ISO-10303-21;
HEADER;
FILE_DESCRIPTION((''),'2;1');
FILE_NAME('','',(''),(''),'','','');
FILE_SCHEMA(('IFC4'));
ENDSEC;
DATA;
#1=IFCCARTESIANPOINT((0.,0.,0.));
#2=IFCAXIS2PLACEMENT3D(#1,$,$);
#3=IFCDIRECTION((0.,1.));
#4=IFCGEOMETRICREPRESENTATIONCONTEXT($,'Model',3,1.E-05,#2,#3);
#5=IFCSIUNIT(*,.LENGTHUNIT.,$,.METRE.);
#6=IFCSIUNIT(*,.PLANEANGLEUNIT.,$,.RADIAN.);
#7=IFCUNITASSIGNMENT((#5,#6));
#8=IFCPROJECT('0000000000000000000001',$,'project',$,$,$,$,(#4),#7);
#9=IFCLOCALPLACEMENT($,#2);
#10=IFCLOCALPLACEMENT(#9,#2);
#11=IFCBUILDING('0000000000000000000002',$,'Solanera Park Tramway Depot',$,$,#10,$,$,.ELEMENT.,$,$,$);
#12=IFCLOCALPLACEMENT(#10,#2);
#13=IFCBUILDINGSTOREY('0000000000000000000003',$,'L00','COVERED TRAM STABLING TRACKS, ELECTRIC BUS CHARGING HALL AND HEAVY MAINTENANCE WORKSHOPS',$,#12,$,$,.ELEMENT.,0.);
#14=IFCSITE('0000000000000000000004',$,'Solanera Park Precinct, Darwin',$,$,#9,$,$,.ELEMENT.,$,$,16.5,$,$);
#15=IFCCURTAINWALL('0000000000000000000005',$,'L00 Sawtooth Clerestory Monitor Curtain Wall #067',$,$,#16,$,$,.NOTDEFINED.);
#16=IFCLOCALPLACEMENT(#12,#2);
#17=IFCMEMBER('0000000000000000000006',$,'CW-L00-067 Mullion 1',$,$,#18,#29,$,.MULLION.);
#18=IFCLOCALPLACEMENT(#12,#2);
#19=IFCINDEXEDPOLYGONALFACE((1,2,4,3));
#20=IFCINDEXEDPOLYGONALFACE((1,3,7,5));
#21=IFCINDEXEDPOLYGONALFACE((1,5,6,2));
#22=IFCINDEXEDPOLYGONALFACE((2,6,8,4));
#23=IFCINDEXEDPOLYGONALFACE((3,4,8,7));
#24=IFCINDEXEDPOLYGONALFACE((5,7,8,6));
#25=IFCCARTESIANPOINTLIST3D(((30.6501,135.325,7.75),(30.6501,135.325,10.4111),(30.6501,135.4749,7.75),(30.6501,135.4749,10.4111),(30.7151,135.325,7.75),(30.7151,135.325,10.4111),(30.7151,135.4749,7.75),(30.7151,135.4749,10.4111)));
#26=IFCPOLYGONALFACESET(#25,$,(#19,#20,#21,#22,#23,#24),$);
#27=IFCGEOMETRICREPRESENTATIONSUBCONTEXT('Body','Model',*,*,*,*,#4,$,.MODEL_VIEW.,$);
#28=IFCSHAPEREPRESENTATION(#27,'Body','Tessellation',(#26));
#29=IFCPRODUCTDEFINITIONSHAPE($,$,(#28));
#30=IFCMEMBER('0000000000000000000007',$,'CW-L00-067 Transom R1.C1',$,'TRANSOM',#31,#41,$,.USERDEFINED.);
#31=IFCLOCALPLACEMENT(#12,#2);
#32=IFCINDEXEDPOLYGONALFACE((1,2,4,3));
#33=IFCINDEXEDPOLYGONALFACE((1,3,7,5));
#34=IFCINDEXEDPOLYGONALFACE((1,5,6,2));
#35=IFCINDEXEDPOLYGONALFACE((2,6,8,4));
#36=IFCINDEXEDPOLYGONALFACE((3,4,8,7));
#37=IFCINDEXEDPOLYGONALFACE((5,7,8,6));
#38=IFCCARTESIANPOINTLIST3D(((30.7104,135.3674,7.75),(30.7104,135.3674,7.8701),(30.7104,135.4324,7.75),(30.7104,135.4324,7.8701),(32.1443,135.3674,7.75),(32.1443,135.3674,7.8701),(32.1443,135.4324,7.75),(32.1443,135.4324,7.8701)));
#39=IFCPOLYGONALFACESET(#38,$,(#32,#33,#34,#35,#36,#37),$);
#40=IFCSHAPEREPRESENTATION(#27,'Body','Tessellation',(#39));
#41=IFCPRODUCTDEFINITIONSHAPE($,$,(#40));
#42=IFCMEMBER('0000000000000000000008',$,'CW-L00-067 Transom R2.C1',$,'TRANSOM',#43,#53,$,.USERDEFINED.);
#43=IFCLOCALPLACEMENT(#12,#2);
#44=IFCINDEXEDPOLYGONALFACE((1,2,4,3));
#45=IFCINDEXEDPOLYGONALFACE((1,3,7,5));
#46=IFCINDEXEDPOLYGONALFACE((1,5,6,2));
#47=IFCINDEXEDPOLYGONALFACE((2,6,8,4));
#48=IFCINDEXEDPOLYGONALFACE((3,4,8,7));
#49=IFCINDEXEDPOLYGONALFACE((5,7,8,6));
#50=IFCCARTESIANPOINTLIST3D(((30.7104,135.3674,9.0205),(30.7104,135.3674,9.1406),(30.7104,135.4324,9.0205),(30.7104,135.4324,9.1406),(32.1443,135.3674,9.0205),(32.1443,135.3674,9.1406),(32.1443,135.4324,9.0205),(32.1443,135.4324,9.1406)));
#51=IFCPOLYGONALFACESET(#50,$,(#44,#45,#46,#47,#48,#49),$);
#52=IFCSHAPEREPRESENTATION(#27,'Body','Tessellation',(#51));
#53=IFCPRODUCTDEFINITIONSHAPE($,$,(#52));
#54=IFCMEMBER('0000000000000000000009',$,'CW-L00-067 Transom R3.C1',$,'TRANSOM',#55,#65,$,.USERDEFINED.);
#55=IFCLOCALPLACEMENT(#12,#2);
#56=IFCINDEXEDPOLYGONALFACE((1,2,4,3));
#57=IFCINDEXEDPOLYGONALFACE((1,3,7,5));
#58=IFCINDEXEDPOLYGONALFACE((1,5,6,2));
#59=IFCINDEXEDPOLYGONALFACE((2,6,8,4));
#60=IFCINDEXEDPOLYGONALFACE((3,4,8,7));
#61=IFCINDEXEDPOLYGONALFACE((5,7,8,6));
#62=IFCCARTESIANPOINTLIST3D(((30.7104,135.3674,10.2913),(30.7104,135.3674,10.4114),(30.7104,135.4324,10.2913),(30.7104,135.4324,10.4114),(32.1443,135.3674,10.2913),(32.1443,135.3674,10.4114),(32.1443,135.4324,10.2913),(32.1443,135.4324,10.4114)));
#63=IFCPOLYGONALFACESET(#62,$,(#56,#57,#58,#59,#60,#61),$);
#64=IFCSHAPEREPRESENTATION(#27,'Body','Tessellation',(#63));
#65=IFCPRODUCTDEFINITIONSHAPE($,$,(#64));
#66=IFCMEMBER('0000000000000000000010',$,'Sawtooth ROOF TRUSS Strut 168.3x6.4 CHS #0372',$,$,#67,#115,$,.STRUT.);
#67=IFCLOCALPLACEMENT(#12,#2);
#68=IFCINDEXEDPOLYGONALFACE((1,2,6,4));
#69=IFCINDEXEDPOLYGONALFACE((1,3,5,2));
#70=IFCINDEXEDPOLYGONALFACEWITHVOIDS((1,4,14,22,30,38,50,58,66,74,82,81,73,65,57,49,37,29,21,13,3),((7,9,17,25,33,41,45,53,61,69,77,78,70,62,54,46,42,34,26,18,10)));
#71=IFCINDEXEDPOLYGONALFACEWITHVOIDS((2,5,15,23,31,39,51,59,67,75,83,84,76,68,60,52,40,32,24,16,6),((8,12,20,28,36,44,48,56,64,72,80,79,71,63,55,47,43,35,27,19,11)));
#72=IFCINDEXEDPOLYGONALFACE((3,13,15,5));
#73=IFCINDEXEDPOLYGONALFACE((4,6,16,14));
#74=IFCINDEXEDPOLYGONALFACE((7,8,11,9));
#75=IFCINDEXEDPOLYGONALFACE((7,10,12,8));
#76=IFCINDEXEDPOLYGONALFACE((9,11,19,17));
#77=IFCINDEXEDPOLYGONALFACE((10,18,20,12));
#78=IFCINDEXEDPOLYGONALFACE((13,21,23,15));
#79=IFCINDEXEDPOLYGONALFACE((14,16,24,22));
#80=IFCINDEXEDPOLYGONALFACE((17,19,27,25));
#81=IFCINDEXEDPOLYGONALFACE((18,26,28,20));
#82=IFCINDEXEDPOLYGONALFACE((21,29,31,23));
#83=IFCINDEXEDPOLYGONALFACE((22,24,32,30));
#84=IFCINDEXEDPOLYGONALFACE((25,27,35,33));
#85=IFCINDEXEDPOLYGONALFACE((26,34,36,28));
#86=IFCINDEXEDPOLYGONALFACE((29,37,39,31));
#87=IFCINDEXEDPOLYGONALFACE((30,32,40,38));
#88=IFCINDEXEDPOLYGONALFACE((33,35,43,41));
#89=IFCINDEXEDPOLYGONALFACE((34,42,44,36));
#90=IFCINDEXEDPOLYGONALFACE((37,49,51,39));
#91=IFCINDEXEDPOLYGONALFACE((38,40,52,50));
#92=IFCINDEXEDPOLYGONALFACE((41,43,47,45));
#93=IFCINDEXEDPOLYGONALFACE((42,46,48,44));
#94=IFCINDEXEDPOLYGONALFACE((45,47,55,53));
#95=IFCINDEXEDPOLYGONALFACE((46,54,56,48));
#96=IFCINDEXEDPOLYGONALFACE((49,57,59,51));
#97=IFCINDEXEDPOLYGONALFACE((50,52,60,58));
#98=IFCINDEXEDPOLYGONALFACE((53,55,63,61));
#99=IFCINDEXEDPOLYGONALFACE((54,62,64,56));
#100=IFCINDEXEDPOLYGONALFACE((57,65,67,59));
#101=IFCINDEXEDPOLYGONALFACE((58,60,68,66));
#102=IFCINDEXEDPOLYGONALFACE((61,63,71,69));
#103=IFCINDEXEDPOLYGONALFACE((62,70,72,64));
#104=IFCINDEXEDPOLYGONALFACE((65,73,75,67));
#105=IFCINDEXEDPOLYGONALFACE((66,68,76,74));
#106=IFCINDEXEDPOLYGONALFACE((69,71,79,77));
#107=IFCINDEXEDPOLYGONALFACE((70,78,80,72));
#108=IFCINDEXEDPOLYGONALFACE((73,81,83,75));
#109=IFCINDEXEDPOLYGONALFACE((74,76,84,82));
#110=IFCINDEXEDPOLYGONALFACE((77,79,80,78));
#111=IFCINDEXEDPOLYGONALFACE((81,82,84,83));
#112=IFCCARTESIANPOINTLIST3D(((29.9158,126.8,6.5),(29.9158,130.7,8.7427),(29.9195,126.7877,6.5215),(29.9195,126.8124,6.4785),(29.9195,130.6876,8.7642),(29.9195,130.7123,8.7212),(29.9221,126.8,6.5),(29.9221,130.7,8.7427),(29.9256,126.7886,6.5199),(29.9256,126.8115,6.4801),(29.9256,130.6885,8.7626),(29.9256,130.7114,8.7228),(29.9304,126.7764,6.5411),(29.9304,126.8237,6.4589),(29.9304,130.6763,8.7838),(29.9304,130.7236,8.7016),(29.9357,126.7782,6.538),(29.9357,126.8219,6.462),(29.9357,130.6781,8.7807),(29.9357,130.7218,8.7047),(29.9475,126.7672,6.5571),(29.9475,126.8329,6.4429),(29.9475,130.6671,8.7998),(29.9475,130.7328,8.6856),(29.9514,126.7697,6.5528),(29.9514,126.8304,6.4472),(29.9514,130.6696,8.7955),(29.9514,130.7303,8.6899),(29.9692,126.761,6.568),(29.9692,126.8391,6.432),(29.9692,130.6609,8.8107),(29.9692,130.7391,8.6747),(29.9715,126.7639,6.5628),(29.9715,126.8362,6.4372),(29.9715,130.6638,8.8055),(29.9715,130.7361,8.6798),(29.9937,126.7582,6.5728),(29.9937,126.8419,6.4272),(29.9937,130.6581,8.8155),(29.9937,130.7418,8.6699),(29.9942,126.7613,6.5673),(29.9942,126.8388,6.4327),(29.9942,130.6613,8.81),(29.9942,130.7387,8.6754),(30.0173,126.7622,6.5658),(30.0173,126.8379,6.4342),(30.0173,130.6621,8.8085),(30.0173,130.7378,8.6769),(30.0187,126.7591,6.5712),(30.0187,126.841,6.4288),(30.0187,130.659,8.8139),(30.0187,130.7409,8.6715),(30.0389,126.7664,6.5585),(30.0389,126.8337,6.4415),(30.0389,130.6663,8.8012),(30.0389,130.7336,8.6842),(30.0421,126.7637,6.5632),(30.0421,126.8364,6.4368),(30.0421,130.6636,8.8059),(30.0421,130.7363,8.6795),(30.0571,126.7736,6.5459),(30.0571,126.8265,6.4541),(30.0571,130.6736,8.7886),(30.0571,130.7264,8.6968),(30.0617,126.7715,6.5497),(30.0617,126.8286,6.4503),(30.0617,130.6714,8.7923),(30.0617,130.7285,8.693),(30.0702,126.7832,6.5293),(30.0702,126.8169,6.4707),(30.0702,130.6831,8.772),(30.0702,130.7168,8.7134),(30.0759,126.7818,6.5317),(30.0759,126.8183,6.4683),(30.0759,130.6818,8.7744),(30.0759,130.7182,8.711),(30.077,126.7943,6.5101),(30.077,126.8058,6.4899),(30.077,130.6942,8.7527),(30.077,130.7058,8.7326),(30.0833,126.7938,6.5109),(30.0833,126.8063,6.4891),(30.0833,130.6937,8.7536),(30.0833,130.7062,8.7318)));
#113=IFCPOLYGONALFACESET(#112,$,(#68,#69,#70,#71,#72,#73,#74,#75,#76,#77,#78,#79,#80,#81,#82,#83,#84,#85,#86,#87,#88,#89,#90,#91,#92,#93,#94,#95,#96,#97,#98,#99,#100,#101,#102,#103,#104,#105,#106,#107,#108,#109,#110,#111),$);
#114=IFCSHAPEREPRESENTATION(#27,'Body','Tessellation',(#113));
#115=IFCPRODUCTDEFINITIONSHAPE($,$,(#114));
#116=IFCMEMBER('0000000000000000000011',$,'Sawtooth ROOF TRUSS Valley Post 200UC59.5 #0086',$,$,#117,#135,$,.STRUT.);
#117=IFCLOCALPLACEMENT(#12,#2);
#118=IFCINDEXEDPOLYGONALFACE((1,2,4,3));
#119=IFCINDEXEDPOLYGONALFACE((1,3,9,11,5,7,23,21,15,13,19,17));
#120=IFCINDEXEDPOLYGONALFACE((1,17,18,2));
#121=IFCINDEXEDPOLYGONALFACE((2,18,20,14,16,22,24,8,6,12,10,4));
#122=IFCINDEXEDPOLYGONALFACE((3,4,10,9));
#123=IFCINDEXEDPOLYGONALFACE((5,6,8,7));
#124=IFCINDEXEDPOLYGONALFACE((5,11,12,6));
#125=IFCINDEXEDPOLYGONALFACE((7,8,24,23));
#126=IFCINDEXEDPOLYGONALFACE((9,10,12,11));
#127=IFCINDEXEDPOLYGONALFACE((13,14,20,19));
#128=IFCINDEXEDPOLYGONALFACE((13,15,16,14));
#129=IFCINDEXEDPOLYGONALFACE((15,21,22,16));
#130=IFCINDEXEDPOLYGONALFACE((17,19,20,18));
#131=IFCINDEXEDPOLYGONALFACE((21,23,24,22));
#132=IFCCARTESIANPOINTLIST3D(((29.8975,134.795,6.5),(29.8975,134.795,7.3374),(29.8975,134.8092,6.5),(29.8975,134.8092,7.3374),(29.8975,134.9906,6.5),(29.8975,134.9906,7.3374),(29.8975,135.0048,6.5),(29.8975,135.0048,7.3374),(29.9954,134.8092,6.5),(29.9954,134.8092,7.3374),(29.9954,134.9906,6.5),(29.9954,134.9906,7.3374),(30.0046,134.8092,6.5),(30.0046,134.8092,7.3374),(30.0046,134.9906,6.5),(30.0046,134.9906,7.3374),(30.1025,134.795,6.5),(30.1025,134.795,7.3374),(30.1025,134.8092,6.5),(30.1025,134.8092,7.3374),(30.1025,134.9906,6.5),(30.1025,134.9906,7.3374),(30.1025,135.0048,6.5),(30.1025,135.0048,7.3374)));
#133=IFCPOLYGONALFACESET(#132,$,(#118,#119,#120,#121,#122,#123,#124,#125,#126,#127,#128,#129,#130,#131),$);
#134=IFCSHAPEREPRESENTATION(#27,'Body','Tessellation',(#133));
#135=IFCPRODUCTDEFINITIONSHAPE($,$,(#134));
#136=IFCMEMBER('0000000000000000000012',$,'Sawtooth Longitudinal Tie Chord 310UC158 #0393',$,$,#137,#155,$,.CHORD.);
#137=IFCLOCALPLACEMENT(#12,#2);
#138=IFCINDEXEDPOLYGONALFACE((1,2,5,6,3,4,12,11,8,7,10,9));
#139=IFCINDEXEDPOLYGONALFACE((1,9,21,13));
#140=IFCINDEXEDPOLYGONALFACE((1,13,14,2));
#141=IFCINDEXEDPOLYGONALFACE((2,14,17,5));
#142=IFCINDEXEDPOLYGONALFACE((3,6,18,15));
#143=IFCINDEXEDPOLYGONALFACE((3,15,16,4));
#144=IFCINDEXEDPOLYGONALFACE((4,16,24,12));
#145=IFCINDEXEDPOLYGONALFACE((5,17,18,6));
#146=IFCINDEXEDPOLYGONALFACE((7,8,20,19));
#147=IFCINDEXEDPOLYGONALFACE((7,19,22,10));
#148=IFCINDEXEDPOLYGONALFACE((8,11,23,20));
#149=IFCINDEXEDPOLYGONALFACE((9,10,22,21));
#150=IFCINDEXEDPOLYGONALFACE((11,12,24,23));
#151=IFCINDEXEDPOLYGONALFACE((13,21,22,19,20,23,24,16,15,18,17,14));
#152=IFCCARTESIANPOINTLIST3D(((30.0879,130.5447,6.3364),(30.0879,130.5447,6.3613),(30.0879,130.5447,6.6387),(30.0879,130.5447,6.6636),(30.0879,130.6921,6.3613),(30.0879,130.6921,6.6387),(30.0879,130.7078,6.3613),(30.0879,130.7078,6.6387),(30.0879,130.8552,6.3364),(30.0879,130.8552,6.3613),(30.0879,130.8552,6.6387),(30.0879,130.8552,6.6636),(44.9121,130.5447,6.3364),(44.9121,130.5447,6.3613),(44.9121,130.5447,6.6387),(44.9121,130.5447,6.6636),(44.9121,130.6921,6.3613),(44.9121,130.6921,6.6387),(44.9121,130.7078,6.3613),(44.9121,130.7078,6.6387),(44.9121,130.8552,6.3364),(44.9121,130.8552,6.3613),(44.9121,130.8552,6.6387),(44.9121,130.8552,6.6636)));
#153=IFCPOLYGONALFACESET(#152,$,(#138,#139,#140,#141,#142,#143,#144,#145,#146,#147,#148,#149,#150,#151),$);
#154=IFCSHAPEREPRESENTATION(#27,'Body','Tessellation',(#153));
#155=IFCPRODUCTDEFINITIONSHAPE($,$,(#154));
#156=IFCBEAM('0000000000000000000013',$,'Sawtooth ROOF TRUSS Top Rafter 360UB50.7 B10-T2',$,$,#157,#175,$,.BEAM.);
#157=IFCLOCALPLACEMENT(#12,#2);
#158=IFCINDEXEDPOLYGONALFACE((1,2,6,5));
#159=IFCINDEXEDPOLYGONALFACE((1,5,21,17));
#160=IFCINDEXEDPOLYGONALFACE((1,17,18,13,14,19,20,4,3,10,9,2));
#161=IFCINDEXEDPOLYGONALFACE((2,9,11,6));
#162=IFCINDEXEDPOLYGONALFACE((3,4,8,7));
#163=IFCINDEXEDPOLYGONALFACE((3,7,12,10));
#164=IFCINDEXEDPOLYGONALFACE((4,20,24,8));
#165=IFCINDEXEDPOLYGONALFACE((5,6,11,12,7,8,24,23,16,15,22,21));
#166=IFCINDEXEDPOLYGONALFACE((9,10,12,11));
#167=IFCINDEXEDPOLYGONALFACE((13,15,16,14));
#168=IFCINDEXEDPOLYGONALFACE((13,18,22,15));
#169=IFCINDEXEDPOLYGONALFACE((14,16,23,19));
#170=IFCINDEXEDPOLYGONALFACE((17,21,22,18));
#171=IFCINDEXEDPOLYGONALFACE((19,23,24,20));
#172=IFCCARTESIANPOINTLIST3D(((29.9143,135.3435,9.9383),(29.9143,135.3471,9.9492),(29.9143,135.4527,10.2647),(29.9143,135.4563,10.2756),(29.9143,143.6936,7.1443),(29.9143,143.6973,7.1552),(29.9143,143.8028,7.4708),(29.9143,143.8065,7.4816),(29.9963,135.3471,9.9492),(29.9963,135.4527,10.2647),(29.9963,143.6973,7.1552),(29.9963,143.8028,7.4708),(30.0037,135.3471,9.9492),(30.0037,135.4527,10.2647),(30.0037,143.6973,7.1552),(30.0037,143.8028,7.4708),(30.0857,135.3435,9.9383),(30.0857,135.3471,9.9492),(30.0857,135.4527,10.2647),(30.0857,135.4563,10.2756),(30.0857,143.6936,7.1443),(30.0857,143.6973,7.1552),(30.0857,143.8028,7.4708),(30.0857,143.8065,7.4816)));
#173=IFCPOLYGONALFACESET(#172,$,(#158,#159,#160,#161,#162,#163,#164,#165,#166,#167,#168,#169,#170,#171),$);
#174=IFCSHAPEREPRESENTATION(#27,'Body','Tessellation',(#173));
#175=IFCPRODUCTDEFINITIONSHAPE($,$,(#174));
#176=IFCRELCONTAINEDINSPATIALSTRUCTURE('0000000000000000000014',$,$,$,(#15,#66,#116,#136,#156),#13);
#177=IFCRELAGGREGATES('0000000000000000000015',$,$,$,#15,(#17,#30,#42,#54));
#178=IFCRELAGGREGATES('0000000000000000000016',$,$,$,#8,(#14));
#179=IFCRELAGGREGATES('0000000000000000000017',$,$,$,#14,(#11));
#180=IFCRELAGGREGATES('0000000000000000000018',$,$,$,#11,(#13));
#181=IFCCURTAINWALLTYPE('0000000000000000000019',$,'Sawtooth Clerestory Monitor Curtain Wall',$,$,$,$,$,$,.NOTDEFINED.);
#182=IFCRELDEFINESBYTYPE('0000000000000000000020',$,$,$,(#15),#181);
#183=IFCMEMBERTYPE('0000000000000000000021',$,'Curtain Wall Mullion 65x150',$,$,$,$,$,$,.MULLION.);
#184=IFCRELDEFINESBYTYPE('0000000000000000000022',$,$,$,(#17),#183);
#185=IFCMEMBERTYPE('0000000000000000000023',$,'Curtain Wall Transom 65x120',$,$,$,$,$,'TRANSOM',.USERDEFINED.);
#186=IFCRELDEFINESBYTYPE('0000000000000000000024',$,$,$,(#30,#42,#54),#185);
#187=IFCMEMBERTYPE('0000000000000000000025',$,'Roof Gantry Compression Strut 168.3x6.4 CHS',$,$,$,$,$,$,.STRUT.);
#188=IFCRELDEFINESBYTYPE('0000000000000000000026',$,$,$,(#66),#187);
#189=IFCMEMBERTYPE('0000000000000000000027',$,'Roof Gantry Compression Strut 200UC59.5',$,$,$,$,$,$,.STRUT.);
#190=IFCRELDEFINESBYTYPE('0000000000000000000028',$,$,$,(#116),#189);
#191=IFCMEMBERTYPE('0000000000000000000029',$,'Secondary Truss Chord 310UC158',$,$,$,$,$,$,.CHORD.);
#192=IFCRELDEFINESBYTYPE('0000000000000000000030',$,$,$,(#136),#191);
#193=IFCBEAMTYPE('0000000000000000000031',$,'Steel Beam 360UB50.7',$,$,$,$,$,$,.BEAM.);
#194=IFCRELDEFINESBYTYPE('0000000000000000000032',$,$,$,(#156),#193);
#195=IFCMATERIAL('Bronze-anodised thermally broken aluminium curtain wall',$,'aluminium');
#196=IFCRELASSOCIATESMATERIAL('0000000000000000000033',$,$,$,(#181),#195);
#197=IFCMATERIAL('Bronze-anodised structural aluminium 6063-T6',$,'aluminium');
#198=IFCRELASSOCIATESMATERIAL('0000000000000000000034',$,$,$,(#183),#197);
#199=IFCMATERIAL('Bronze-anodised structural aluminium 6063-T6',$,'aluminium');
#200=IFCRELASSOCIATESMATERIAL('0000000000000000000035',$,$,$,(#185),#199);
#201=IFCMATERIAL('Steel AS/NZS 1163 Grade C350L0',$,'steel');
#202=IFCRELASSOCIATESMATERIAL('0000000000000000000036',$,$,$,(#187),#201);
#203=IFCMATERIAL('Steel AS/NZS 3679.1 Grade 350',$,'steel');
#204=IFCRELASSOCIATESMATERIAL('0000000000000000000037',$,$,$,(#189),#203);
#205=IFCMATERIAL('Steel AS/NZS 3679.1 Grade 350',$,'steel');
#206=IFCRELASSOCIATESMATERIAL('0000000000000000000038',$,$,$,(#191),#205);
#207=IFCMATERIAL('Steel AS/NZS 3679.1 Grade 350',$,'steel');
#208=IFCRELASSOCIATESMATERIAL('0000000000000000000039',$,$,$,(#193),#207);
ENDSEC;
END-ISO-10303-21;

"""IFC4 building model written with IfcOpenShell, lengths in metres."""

from ifc_helpers import new_model, si_unit, direction, frame, origin, origin_2d, place, context, subcontext, project, spatial, rectangle, hollow_circle, i_section, extrude, material, material_profile, profile_set, type_object, element, aggregate, save


model = new_model("IFC4")

# Units and contexts
model_context = context("Model", 3, precision=1e-05, world=origin(), true_north=direction((0.0, 1.0)))
body_context = subcontext(model_context, "Body", "Model", "MODEL_VIEW")
ifc_project = project(units=[si_unit("LENGTHUNIT", "METRE"), si_unit("PLANEANGLEUNIT", "RADIAN")], contexts=[model_context])

# Site, building, storey
site_placement = place(None, origin())
site = spatial("IfcSite", under=ifc_project, at=site_placement, Name="Solanera Park Precinct, Darwin", CompositionType="ELEMENT", RefElevation=16.5)
building_placement = place(site_placement, origin())
building = spatial("IfcBuilding", under=site, at=building_placement, Name="Solanera Park Tramway Depot", CompositionType="ELEMENT")
storey_placement = place(building_placement, origin())
storey = spatial("IfcBuildingStorey", under=building, at=storey_placement, Name="L00", Description="COVERED TRAM STABLING TRACKS, ELECTRIC BUS CHARGING HALL AND HEAVY MAINTENANCE WORKSHOPS", CompositionType="ELEMENT", Elevation=0.0)

# Curtain wall, members
ifc_material_1 = material(Name="Bronze-anodised thermally broken aluminium curtain wall", Category="aluminium")
curtain_wall_type = type_object("IfcCurtainWallType", Name="Sawtooth Clerestory Monitor Curtain Wall", PredefinedType="NOTDEFINED", material=ifc_material_1)
curtain_wall_placement = place(storey_placement, origin())
curtain_wall = element("IfcCurtainWall", 1, at=curtain_wall_placement, inside=storey, type_object=curtain_wall_type, Name="L00 Sawtooth Clerestory Monitor Curtain Wall #067", PredefinedType="NOTDEFINED")
ifc_material_2 = material(Name="Bronze-anodised structural aluminium 6063-T6", Category="aluminium")
ifc_material_profile_1 = material_profile(ifc_material_2, rectangle(XDim=0.0649, YDim=0.1499, at=origin_2d()), Name="Curtain Wall Mullion 65x150")
ifc_profile_set_1 = profile_set([ifc_material_profile_1], Name="Bronze-anodised structural aluminium 6063-T6")
member_type_1 = type_object("IfcMemberType", Name="Curtain Wall Mullion 65x150", PredefinedType="MULLION", material=ifc_profile_set_1)
member_1_placement = place(storey_placement, frame((30.6826, 135.3999, 7.75), z_axis=(0.0, 0.0, 1.0), x_axis=(1.0, 0.0, 0.0)))
member_1 = element("IfcMember", 2, at=member_1_placement, type_object=member_type_1, Name="CW-L00-067 Mullion 1", PredefinedType="MULLION", context=body_context, shape_type="SweptSolid", body=[
    extrude(rectangle(XDim=0.0649, YDim=0.1499, at=origin_2d()), origin(), (0.0, 0.0, 1.0), 2.6611),
])
ifc_material_3 = material(Name="Bronze-anodised structural aluminium 6063-T6", Category="aluminium")
ifc_material_profile_2 = material_profile(ifc_material_3, rectangle(XDim=0.0649, YDim=0.1201, at=origin_2d()), Name="Curtain Wall Transom 65x120")
ifc_profile_set_2 = profile_set([ifc_material_profile_2], Name="Bronze-anodised structural aluminium 6063-T6")
member_type_2 = type_object("IfcMemberType", Name="Curtain Wall Transom 65x120", ElementType="TRANSOM", PredefinedType="USERDEFINED", material=ifc_profile_set_2)
member_2_placement = place(storey_placement, frame((30.7104, 135.3999, 7.8101), z_axis=(1.0, 0.0, 0.0), x_axis=(0.0, 1.0, 0.0)))
member_2 = element("IfcMember", 3, at=member_2_placement, type_object=member_type_2, Name="CW-L00-067 Transom R1.C1", ObjectType="TRANSOM", PredefinedType="USERDEFINED", context=body_context, shape_type="SweptSolid", body=[
    extrude(rectangle(XDim=0.0649, YDim=0.1201, at=origin_2d()), origin(), (0.0, 0.0, 1.0), 1.4338),
])
member_3_placement = place(storey_placement, frame((30.7104, 135.3999, 9.0806), z_axis=(1.0, 0.0, 0.0), x_axis=(0.0, 1.0, 0.0)))
member_3 = element("IfcMember", 4, at=member_3_placement, type_object=member_type_2, Name="CW-L00-067 Transom R2.C1", ObjectType="TRANSOM", PredefinedType="USERDEFINED", context=body_context, shape_type="SweptSolid", body=[
    extrude(rectangle(XDim=0.0649, YDim=0.1201, at=origin_2d()), origin(), (0.0, 0.0, 1.0), 1.4338),
])
member_4_placement = place(storey_placement, frame((30.7104, 135.3999, 10.3513), z_axis=(1.0, 0.0, 0.0), x_axis=(0.0, 1.0, 0.0)))
member_4 = element("IfcMember", 5, at=member_4_placement, type_object=member_type_2, Name="CW-L00-067 Transom R3.C1", ObjectType="TRANSOM", PredefinedType="USERDEFINED", context=body_context, shape_type="SweptSolid", body=[
    extrude(rectangle(XDim=0.0649, YDim=0.1201, at=origin_2d()), origin(), (0.0, 0.0, 1.0), 1.4338),
])

# Members
ifc_material_4 = material(Name="Steel AS/NZS 1163 Grade C350L0", Category="steel")
ifc_material_profile_3 = material_profile(ifc_material_4, hollow_circle(Radius=0.0842, WallThickness=0.0063, at=origin_2d()), Name="168.3x6.4 CHS")
ifc_profile_set_3 = profile_set([ifc_material_profile_3], Name="Steel AS/NZS 1163 Grade C350L0")
member_type_3 = type_object("IfcMemberType", Name="Roof Gantry Compression Strut 168.3x6.4 CHS", PredefinedType="STRUT", material=ifc_profile_set_3)
member_5_placement = place(storey_placement, frame((30.0, 126.8, 6.5), z_axis=(0.0, 0.866884, 0.49851), x_axis=(-1.0, 0.0, 0.0)))
element("IfcMember", 6, at=member_5_placement, inside=storey, type_object=member_type_3, Name="Sawtooth ROOF TRUSS Strut 168.3x6.4 CHS #0372", PredefinedType="STRUT", context=body_context, shape_type="SweptSolid", body=[
    extrude(hollow_circle(Radius=0.0842, WallThickness=0.0063, at=origin_2d()), origin(), (0.0, 0.0, 1.0), 4.4988),
])
ifc_material_5 = material(Name="Steel AS/NZS 3679.1 Grade 350", Category="steel")
ifc_material_profile_4 = material_profile(ifc_material_5, i_section(OverallWidth=0.2051, OverallDepth=0.2097, WebThickness=0.0093, FlangeThickness=0.0142, at=origin_2d()), Name="200UC59.5")
ifc_profile_set_4 = profile_set([ifc_material_profile_4], Name="Steel AS/NZS 3679.1 Grade 350")
member_type_4 = type_object("IfcMemberType", Name="Roof Gantry Compression Strut 200UC59.5", PredefinedType="STRUT", material=ifc_profile_set_4)
member_6_placement = place(storey_placement, frame((30.0, 134.8999, 6.5), z_axis=(0.0, 0.0, 1.0), x_axis=(1.0, 0.0, 0.0)))
element("IfcMember", 7, at=member_6_placement, inside=storey, type_object=member_type_4, Name="Sawtooth ROOF TRUSS Valley Post 200UC59.5 #0086", PredefinedType="STRUT", context=body_context, shape_type="SweptSolid", body=[
    extrude(i_section(OverallWidth=0.2051, OverallDepth=0.2097, WebThickness=0.0093, FlangeThickness=0.0142, at=origin_2d()), origin(), (0.0, 0.0, 1.0), 0.8374),
])
ifc_material_6 = material(Name="Steel AS/NZS 3679.1 Grade 350", Category="steel")
ifc_material_profile_5 = material_profile(ifc_material_6, i_section(OverallWidth=0.3105, OverallDepth=0.3271, WebThickness=0.0156, FlangeThickness=0.0249, at=origin_2d()), Name="310UC158")
ifc_profile_set_5 = profile_set([ifc_material_profile_5], Name="Steel AS/NZS 3679.1 Grade 350")
member_type_5 = type_object("IfcMemberType", Name="Secondary Truss Chord 310UC158", PredefinedType="CHORD", material=ifc_profile_set_5)
member_7_placement = place(storey_placement, frame((30.0879, 130.7, 6.5), z_axis=(1.0, 0.0, 0.0), x_axis=(0.0, 1.0, 0.0)))
element("IfcMember", 8, at=member_7_placement, inside=storey, type_object=member_type_5, Name="Sawtooth Longitudinal Tie Chord 310UC158 #0393", PredefinedType="CHORD", context=body_context, shape_type="SweptSolid", body=[
    extrude(i_section(OverallWidth=0.3105, OverallDepth=0.3271, WebThickness=0.0156, FlangeThickness=0.0249, at=origin_2d()), origin(), (0.0, 0.0, 1.0), 14.8242),
])

# Beam
ifc_material_7 = material(Name="Steel AS/NZS 3679.1 Grade 350", Category="steel")
ifc_material_profile_6 = material_profile(ifc_material_7, i_section(OverallWidth=0.1714, OverallDepth=0.3557, WebThickness=0.0073, FlangeThickness=0.0115, at=origin_2d()), Name="360UB50.7")
ifc_profile_set_6 = profile_set([ifc_material_profile_6], Name="Steel AS/NZS 3679.1 Grade 350")
beam_type_1 = type_object("IfcBeamType", Name="Steel Beam 360UB50.7", PredefinedType="BEAM", material=ifc_profile_set_6)
beam_1_placement = place(storey_placement, frame((30.0, 135.3999, 10.1069), z_axis=(0.0, 0.948322, -0.317309), x_axis=(-1.0, 0.0, 0.0)))
element("IfcBeam", 9, at=beam_1_placement, inside=storey, type_object=beam_type_1, Name="Sawtooth ROOF TRUSS Top Rafter 360UB50.7 B10-T2", PredefinedType="BEAM", context=body_context, shape_type="SweptSolid", body=[
    extrude(i_section(OverallWidth=0.1714, OverallDepth=0.3557, WebThickness=0.0073, FlangeThickness=0.0115, at=origin_2d()), origin(), (0.0, 0.0, 1.0), 8.8052),
])

aggregate(curtain_wall, [member_1, member_2, member_3, member_4])

save(model, "model.ifc")
